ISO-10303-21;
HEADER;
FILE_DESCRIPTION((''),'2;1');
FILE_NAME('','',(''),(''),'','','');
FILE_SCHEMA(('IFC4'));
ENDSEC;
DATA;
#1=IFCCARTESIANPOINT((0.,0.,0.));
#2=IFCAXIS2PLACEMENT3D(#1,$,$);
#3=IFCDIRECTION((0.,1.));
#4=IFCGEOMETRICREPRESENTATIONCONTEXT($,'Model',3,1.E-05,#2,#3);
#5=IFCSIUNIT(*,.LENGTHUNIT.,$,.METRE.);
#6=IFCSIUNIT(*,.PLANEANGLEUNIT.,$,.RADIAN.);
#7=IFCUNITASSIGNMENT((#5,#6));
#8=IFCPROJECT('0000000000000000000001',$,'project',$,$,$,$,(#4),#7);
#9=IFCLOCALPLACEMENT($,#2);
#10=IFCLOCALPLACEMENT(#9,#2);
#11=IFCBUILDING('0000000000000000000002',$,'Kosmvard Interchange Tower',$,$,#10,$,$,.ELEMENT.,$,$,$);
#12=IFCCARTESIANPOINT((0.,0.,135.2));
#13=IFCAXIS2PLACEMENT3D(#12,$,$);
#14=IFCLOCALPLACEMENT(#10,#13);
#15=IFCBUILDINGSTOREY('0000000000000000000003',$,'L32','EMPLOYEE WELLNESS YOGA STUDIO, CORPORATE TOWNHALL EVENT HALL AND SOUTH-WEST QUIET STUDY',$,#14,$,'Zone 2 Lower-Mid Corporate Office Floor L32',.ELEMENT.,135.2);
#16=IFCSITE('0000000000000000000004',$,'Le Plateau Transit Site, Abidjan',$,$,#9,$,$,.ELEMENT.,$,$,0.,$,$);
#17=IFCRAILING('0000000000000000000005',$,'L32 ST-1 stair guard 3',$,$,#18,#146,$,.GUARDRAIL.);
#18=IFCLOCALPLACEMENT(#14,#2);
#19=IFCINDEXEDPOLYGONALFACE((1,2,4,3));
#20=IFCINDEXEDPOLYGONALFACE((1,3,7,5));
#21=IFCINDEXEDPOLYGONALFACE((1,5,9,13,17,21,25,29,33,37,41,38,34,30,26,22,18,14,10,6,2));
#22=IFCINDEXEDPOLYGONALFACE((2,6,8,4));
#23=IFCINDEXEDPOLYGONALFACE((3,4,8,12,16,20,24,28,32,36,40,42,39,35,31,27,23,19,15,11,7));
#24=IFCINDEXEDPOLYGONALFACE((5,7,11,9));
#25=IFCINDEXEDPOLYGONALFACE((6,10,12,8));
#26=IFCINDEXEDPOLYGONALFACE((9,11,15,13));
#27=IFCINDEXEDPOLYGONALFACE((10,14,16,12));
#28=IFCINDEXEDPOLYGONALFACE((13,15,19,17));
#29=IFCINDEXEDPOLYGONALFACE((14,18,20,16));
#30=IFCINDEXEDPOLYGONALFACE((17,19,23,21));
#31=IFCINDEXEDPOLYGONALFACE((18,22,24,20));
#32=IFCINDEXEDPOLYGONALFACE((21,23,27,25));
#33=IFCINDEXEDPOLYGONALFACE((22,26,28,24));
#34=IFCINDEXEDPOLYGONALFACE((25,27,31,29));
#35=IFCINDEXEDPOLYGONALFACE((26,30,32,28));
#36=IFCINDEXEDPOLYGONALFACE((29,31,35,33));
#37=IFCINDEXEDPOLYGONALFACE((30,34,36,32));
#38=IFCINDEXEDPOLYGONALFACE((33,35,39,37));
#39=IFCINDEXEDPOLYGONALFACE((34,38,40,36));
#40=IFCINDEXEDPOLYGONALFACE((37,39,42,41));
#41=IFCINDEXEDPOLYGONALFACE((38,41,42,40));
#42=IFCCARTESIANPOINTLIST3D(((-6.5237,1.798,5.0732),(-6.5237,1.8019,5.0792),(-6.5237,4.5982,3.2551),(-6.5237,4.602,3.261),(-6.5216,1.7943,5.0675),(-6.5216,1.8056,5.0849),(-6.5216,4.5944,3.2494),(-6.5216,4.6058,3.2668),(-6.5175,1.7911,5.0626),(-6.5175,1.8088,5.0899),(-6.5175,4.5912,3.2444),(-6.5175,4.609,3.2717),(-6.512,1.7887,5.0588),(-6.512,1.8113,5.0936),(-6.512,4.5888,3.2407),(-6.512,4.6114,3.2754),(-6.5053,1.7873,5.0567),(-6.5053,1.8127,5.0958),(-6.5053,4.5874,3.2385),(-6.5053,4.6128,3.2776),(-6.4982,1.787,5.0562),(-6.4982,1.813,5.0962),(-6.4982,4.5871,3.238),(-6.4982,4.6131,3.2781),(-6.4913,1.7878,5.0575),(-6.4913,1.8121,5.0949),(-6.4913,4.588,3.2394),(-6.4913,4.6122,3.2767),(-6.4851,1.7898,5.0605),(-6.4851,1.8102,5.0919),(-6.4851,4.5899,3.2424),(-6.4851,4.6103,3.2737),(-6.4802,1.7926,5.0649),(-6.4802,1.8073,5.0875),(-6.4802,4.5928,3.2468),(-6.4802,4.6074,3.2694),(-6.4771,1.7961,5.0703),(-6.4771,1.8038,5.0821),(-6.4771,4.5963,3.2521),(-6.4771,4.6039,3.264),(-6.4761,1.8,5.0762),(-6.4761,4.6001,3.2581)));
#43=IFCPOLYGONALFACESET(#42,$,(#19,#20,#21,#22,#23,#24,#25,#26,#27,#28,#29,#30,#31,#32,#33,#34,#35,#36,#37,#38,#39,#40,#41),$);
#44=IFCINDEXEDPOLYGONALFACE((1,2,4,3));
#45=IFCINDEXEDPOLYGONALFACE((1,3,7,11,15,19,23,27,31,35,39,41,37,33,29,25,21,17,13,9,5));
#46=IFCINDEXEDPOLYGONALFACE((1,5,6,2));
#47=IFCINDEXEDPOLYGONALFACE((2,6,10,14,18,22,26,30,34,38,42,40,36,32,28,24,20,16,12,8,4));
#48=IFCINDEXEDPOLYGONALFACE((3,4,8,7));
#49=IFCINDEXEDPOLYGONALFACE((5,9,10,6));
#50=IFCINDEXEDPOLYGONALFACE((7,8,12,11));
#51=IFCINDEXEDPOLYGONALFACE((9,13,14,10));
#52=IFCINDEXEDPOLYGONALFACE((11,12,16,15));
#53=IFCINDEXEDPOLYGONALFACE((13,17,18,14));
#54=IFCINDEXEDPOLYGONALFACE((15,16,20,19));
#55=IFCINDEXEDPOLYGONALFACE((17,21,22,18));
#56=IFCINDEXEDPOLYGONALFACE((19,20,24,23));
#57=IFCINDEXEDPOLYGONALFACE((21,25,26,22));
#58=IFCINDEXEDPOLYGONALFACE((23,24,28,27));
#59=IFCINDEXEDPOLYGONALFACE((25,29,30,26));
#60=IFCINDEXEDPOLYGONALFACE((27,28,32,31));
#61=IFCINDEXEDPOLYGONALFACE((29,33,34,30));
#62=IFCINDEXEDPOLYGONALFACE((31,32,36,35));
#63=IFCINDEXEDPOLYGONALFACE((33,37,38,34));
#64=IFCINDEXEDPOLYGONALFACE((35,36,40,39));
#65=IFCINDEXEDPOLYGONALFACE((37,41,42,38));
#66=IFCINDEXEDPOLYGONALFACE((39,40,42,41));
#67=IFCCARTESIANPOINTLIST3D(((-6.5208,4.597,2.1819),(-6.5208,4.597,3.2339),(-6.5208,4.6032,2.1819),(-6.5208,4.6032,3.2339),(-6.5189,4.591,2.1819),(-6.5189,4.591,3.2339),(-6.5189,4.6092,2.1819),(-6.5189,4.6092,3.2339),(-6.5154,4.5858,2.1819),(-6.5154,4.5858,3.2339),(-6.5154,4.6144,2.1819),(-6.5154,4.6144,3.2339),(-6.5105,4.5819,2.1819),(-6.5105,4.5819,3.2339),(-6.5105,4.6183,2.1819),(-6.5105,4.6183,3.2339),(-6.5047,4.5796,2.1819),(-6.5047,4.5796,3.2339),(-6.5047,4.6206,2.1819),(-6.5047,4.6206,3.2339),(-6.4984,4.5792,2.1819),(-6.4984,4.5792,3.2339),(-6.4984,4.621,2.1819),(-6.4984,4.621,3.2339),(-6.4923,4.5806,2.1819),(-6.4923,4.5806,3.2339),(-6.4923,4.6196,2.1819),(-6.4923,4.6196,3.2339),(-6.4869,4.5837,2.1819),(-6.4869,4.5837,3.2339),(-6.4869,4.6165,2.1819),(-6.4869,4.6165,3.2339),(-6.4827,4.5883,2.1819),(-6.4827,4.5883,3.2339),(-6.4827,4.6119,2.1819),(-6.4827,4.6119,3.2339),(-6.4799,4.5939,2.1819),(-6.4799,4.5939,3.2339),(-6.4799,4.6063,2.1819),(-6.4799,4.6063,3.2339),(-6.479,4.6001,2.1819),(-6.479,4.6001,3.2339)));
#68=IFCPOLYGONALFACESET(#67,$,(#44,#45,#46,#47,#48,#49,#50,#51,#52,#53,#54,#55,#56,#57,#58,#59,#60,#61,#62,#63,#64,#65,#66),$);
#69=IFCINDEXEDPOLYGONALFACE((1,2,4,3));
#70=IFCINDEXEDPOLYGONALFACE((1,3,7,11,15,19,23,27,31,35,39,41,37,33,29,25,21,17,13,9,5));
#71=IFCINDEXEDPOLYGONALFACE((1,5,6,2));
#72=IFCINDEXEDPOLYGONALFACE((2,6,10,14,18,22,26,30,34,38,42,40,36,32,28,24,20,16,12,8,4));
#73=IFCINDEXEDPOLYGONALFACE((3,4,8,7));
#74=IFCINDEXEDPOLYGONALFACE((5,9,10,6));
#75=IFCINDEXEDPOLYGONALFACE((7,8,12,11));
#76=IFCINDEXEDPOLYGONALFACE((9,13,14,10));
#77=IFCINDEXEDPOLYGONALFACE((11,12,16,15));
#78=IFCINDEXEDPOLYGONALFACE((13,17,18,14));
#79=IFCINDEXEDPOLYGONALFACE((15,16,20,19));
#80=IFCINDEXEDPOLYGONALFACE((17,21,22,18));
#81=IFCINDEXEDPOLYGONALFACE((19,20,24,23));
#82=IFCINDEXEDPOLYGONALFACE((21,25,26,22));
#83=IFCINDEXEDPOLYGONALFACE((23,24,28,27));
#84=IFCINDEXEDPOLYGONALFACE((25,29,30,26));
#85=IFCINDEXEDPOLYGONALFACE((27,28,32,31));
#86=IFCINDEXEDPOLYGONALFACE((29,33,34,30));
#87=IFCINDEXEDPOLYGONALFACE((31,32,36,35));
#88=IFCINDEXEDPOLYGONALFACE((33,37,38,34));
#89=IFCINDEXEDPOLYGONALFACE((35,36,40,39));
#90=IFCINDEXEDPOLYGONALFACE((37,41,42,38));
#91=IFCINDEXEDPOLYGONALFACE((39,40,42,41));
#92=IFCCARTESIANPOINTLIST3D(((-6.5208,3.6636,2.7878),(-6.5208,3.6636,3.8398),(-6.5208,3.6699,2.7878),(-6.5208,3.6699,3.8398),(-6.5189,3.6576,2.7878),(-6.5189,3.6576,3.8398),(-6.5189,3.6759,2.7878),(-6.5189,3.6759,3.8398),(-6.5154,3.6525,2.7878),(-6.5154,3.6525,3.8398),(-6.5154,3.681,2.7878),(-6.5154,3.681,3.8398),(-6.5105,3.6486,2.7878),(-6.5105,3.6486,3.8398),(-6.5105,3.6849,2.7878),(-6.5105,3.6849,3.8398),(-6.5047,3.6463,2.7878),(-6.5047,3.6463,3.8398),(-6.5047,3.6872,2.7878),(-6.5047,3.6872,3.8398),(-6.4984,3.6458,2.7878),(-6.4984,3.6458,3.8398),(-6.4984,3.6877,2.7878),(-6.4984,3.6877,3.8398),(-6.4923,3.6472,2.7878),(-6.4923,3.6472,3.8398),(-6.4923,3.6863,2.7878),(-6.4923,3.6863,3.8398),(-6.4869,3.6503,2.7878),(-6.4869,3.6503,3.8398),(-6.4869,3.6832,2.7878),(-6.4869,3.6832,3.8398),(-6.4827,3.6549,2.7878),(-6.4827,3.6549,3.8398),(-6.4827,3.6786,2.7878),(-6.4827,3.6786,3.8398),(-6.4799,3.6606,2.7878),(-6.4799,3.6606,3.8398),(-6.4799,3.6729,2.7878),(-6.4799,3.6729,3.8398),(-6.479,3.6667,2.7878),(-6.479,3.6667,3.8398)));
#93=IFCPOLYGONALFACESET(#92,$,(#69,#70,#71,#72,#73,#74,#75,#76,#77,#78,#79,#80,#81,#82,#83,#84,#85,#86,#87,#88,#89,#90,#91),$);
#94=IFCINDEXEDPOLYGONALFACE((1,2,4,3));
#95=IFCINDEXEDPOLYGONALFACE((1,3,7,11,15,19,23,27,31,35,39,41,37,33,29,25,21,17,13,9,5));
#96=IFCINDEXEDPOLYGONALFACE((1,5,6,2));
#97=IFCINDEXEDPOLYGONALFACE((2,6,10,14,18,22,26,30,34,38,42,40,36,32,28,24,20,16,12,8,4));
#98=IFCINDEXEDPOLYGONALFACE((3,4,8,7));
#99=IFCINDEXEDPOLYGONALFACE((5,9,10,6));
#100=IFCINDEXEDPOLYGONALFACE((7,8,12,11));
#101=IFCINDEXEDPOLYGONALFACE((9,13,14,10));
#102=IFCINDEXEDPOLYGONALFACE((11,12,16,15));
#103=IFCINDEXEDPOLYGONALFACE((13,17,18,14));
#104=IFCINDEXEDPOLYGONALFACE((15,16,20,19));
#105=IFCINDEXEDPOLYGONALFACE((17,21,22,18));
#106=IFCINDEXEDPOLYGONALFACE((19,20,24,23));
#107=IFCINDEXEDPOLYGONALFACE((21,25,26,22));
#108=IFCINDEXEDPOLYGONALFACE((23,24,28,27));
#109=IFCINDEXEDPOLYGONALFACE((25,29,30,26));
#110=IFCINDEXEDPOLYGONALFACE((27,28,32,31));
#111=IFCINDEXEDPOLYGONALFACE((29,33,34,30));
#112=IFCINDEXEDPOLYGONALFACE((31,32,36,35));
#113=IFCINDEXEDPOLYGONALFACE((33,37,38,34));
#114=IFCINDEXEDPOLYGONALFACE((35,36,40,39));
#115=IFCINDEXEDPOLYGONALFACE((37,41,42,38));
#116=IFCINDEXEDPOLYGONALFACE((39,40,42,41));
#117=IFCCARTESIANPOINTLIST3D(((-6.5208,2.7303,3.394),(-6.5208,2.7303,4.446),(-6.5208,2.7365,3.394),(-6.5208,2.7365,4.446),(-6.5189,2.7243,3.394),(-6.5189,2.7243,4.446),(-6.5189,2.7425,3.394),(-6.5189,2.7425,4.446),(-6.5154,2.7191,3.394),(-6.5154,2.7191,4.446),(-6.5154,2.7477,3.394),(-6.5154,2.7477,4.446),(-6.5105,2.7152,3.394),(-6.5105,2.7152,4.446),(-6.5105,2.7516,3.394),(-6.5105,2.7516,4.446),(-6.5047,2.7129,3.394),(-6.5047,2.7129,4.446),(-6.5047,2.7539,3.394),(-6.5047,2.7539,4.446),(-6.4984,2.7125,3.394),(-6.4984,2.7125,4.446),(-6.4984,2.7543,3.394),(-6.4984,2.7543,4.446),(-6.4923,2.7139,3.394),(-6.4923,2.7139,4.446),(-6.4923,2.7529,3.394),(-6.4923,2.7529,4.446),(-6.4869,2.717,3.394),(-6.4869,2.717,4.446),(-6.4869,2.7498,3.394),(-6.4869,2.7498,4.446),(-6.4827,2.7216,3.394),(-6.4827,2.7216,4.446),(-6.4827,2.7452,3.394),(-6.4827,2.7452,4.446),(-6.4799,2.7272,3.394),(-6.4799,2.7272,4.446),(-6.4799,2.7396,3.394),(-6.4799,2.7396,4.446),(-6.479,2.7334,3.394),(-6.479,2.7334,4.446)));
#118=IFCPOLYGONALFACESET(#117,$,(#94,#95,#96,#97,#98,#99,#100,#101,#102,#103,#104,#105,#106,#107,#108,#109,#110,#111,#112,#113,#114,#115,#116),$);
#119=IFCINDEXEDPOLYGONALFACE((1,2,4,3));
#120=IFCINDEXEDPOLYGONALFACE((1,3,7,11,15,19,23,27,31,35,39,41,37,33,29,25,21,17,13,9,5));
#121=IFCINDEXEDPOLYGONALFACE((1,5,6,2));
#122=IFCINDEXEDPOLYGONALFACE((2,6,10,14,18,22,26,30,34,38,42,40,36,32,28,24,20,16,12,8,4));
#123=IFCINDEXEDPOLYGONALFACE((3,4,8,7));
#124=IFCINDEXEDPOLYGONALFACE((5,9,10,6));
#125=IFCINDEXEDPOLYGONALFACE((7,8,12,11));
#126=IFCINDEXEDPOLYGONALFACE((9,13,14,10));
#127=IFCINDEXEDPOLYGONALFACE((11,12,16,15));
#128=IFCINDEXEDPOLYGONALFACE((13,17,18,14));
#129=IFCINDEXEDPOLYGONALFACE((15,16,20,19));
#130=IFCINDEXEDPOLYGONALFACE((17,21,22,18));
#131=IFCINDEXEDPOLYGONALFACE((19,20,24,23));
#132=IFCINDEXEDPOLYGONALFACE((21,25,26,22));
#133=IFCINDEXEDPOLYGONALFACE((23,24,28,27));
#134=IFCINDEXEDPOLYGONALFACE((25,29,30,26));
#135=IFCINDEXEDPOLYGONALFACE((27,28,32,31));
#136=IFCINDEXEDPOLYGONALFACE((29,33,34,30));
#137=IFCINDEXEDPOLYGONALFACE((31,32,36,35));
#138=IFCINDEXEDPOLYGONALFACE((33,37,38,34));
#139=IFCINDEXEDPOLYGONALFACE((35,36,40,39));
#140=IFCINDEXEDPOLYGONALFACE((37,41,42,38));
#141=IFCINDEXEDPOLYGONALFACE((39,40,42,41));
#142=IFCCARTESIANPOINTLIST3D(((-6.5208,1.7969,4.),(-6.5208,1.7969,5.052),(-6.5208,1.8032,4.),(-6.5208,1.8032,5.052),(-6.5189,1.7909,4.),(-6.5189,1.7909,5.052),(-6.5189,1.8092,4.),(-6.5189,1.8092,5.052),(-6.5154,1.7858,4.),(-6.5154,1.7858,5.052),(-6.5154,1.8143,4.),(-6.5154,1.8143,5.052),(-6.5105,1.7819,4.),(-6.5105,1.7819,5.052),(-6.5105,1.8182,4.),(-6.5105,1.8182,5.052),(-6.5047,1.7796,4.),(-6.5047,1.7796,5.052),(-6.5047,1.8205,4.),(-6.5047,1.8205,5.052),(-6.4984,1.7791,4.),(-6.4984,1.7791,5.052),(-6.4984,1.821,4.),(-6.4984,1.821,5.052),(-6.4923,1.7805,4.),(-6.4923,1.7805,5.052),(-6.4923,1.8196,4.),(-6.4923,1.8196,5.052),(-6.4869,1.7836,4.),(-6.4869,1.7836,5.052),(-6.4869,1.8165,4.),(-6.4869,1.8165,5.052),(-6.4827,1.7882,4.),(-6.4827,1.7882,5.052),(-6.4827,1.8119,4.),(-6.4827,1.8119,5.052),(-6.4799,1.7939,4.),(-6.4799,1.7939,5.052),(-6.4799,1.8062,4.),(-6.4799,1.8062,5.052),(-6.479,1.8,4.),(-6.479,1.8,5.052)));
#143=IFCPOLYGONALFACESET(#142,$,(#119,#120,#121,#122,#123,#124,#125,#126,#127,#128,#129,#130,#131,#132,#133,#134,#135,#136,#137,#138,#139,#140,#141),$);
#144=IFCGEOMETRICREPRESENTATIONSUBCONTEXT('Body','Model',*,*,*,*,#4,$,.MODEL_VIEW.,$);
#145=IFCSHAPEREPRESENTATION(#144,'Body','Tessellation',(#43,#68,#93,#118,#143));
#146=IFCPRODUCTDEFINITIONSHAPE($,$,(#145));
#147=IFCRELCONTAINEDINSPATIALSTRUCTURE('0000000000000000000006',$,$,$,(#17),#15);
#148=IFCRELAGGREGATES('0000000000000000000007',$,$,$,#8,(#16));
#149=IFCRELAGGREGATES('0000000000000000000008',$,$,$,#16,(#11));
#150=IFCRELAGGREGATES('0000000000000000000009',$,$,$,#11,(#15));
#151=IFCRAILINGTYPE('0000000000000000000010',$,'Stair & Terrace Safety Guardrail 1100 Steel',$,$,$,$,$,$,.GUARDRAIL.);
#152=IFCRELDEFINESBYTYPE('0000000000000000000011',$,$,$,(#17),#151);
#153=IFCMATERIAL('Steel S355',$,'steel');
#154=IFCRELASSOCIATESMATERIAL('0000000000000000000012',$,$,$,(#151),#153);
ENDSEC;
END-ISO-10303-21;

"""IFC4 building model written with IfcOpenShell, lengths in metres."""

from ifc_helpers import new_model, si_unit, direction, frame, origin, origin_2d, place, context, subcontext, project, spatial, circle, extrude, source, transform, mapped, material, type_object, element, save


model = new_model("IFC4")

# Units and contexts
model_context = context("Model", 3, precision=1e-05, world=origin(), true_north=direction((0.0, 1.0)))
body_context = subcontext(model_context, "Body", "Model", "MODEL_VIEW")
ifc_project = project(units=[si_unit("LENGTHUNIT", "METRE"), si_unit("PLANEANGLEUNIT", "RADIAN")], contexts=[model_context])

# Site, building, storey
site_placement = place(None, origin())
site = spatial("IfcSite", under=ifc_project, at=site_placement, Name="Le Plateau Transit Site, Abidjan", CompositionType="ELEMENT", RefElevation=0.0)
building_placement = place(site_placement, origin())
building = spatial("IfcBuilding", under=site, at=building_placement, Name="Kosmvard Interchange Tower", CompositionType="ELEMENT")
storey_placement = place(building_placement, frame((0.0, 0.0, 135.2)))
storey = spatial("IfcBuildingStorey", under=building, at=storey_placement, Name="L32", Description="EMPLOYEE WELLNESS YOGA STUDIO, CORPORATE TOWNHALL EVENT HALL AND SOUTH-WEST QUIET STUDY", LongName="Zone 2 Lower-Mid Corporate Office Floor L32", CompositionType="ELEMENT", Elevation=135.2)

# Shared definitions
ifc_material_1 = material(Name="Steel S355", Category="steel")

# Railing
railing_type_1 = type_object("IfcRailingType", Name="Stair & Terrace Safety Guardrail 1100 Steel", PredefinedType="GUARDRAIL", material=ifc_material_1)
shared_shape_1 = source(origin(), body_context, "Body", "SweptSolid", [
    extrude(circle(Radius=0.0239, at=origin_2d()), frame((0.0, 0.0, 1.0762), z_axis=(0.0, -0.838706, 0.544585), x_axis=(1.0, 0.0, 0.0)), (0.0, 0.0, 1.0), 3.3386),
    extrude(circle(Radius=0.021, at=origin_2d()), origin(), (0.0, 0.0, 1.0), 1.052),
    extrude(circle(Radius=0.021, at=origin_2d()), frame((0.0, -0.9333, 0.606)), (0.0, 0.0, 1.0), 1.052),
    extrude(circle(Radius=0.021, at=origin_2d()), frame((0.0, -1.8667, 1.2122)), (0.0, 0.0, 1.0), 1.052),
    extrude(circle(Radius=0.021, at=origin_2d()), frame((0.0, -2.8, 1.8181)), (0.0, 0.0, 1.0), 1.052),
])
railing_1_placement = place(storey_placement, frame((-6.5, 4.6001, 2.1819)))
element("IfcRailing", 1, at=railing_1_placement, inside=storey, type_object=railing_type_1, Name="L32 ST-1 stair guard 3", PredefinedType="GUARDRAIL", context=body_context, shape_type="MappedRepresentation", body=[
    mapped(shared_shape_1, transform((0.0, 0.0, 0.0), scale=1.0)),
])

save(model, "model.ifc")
